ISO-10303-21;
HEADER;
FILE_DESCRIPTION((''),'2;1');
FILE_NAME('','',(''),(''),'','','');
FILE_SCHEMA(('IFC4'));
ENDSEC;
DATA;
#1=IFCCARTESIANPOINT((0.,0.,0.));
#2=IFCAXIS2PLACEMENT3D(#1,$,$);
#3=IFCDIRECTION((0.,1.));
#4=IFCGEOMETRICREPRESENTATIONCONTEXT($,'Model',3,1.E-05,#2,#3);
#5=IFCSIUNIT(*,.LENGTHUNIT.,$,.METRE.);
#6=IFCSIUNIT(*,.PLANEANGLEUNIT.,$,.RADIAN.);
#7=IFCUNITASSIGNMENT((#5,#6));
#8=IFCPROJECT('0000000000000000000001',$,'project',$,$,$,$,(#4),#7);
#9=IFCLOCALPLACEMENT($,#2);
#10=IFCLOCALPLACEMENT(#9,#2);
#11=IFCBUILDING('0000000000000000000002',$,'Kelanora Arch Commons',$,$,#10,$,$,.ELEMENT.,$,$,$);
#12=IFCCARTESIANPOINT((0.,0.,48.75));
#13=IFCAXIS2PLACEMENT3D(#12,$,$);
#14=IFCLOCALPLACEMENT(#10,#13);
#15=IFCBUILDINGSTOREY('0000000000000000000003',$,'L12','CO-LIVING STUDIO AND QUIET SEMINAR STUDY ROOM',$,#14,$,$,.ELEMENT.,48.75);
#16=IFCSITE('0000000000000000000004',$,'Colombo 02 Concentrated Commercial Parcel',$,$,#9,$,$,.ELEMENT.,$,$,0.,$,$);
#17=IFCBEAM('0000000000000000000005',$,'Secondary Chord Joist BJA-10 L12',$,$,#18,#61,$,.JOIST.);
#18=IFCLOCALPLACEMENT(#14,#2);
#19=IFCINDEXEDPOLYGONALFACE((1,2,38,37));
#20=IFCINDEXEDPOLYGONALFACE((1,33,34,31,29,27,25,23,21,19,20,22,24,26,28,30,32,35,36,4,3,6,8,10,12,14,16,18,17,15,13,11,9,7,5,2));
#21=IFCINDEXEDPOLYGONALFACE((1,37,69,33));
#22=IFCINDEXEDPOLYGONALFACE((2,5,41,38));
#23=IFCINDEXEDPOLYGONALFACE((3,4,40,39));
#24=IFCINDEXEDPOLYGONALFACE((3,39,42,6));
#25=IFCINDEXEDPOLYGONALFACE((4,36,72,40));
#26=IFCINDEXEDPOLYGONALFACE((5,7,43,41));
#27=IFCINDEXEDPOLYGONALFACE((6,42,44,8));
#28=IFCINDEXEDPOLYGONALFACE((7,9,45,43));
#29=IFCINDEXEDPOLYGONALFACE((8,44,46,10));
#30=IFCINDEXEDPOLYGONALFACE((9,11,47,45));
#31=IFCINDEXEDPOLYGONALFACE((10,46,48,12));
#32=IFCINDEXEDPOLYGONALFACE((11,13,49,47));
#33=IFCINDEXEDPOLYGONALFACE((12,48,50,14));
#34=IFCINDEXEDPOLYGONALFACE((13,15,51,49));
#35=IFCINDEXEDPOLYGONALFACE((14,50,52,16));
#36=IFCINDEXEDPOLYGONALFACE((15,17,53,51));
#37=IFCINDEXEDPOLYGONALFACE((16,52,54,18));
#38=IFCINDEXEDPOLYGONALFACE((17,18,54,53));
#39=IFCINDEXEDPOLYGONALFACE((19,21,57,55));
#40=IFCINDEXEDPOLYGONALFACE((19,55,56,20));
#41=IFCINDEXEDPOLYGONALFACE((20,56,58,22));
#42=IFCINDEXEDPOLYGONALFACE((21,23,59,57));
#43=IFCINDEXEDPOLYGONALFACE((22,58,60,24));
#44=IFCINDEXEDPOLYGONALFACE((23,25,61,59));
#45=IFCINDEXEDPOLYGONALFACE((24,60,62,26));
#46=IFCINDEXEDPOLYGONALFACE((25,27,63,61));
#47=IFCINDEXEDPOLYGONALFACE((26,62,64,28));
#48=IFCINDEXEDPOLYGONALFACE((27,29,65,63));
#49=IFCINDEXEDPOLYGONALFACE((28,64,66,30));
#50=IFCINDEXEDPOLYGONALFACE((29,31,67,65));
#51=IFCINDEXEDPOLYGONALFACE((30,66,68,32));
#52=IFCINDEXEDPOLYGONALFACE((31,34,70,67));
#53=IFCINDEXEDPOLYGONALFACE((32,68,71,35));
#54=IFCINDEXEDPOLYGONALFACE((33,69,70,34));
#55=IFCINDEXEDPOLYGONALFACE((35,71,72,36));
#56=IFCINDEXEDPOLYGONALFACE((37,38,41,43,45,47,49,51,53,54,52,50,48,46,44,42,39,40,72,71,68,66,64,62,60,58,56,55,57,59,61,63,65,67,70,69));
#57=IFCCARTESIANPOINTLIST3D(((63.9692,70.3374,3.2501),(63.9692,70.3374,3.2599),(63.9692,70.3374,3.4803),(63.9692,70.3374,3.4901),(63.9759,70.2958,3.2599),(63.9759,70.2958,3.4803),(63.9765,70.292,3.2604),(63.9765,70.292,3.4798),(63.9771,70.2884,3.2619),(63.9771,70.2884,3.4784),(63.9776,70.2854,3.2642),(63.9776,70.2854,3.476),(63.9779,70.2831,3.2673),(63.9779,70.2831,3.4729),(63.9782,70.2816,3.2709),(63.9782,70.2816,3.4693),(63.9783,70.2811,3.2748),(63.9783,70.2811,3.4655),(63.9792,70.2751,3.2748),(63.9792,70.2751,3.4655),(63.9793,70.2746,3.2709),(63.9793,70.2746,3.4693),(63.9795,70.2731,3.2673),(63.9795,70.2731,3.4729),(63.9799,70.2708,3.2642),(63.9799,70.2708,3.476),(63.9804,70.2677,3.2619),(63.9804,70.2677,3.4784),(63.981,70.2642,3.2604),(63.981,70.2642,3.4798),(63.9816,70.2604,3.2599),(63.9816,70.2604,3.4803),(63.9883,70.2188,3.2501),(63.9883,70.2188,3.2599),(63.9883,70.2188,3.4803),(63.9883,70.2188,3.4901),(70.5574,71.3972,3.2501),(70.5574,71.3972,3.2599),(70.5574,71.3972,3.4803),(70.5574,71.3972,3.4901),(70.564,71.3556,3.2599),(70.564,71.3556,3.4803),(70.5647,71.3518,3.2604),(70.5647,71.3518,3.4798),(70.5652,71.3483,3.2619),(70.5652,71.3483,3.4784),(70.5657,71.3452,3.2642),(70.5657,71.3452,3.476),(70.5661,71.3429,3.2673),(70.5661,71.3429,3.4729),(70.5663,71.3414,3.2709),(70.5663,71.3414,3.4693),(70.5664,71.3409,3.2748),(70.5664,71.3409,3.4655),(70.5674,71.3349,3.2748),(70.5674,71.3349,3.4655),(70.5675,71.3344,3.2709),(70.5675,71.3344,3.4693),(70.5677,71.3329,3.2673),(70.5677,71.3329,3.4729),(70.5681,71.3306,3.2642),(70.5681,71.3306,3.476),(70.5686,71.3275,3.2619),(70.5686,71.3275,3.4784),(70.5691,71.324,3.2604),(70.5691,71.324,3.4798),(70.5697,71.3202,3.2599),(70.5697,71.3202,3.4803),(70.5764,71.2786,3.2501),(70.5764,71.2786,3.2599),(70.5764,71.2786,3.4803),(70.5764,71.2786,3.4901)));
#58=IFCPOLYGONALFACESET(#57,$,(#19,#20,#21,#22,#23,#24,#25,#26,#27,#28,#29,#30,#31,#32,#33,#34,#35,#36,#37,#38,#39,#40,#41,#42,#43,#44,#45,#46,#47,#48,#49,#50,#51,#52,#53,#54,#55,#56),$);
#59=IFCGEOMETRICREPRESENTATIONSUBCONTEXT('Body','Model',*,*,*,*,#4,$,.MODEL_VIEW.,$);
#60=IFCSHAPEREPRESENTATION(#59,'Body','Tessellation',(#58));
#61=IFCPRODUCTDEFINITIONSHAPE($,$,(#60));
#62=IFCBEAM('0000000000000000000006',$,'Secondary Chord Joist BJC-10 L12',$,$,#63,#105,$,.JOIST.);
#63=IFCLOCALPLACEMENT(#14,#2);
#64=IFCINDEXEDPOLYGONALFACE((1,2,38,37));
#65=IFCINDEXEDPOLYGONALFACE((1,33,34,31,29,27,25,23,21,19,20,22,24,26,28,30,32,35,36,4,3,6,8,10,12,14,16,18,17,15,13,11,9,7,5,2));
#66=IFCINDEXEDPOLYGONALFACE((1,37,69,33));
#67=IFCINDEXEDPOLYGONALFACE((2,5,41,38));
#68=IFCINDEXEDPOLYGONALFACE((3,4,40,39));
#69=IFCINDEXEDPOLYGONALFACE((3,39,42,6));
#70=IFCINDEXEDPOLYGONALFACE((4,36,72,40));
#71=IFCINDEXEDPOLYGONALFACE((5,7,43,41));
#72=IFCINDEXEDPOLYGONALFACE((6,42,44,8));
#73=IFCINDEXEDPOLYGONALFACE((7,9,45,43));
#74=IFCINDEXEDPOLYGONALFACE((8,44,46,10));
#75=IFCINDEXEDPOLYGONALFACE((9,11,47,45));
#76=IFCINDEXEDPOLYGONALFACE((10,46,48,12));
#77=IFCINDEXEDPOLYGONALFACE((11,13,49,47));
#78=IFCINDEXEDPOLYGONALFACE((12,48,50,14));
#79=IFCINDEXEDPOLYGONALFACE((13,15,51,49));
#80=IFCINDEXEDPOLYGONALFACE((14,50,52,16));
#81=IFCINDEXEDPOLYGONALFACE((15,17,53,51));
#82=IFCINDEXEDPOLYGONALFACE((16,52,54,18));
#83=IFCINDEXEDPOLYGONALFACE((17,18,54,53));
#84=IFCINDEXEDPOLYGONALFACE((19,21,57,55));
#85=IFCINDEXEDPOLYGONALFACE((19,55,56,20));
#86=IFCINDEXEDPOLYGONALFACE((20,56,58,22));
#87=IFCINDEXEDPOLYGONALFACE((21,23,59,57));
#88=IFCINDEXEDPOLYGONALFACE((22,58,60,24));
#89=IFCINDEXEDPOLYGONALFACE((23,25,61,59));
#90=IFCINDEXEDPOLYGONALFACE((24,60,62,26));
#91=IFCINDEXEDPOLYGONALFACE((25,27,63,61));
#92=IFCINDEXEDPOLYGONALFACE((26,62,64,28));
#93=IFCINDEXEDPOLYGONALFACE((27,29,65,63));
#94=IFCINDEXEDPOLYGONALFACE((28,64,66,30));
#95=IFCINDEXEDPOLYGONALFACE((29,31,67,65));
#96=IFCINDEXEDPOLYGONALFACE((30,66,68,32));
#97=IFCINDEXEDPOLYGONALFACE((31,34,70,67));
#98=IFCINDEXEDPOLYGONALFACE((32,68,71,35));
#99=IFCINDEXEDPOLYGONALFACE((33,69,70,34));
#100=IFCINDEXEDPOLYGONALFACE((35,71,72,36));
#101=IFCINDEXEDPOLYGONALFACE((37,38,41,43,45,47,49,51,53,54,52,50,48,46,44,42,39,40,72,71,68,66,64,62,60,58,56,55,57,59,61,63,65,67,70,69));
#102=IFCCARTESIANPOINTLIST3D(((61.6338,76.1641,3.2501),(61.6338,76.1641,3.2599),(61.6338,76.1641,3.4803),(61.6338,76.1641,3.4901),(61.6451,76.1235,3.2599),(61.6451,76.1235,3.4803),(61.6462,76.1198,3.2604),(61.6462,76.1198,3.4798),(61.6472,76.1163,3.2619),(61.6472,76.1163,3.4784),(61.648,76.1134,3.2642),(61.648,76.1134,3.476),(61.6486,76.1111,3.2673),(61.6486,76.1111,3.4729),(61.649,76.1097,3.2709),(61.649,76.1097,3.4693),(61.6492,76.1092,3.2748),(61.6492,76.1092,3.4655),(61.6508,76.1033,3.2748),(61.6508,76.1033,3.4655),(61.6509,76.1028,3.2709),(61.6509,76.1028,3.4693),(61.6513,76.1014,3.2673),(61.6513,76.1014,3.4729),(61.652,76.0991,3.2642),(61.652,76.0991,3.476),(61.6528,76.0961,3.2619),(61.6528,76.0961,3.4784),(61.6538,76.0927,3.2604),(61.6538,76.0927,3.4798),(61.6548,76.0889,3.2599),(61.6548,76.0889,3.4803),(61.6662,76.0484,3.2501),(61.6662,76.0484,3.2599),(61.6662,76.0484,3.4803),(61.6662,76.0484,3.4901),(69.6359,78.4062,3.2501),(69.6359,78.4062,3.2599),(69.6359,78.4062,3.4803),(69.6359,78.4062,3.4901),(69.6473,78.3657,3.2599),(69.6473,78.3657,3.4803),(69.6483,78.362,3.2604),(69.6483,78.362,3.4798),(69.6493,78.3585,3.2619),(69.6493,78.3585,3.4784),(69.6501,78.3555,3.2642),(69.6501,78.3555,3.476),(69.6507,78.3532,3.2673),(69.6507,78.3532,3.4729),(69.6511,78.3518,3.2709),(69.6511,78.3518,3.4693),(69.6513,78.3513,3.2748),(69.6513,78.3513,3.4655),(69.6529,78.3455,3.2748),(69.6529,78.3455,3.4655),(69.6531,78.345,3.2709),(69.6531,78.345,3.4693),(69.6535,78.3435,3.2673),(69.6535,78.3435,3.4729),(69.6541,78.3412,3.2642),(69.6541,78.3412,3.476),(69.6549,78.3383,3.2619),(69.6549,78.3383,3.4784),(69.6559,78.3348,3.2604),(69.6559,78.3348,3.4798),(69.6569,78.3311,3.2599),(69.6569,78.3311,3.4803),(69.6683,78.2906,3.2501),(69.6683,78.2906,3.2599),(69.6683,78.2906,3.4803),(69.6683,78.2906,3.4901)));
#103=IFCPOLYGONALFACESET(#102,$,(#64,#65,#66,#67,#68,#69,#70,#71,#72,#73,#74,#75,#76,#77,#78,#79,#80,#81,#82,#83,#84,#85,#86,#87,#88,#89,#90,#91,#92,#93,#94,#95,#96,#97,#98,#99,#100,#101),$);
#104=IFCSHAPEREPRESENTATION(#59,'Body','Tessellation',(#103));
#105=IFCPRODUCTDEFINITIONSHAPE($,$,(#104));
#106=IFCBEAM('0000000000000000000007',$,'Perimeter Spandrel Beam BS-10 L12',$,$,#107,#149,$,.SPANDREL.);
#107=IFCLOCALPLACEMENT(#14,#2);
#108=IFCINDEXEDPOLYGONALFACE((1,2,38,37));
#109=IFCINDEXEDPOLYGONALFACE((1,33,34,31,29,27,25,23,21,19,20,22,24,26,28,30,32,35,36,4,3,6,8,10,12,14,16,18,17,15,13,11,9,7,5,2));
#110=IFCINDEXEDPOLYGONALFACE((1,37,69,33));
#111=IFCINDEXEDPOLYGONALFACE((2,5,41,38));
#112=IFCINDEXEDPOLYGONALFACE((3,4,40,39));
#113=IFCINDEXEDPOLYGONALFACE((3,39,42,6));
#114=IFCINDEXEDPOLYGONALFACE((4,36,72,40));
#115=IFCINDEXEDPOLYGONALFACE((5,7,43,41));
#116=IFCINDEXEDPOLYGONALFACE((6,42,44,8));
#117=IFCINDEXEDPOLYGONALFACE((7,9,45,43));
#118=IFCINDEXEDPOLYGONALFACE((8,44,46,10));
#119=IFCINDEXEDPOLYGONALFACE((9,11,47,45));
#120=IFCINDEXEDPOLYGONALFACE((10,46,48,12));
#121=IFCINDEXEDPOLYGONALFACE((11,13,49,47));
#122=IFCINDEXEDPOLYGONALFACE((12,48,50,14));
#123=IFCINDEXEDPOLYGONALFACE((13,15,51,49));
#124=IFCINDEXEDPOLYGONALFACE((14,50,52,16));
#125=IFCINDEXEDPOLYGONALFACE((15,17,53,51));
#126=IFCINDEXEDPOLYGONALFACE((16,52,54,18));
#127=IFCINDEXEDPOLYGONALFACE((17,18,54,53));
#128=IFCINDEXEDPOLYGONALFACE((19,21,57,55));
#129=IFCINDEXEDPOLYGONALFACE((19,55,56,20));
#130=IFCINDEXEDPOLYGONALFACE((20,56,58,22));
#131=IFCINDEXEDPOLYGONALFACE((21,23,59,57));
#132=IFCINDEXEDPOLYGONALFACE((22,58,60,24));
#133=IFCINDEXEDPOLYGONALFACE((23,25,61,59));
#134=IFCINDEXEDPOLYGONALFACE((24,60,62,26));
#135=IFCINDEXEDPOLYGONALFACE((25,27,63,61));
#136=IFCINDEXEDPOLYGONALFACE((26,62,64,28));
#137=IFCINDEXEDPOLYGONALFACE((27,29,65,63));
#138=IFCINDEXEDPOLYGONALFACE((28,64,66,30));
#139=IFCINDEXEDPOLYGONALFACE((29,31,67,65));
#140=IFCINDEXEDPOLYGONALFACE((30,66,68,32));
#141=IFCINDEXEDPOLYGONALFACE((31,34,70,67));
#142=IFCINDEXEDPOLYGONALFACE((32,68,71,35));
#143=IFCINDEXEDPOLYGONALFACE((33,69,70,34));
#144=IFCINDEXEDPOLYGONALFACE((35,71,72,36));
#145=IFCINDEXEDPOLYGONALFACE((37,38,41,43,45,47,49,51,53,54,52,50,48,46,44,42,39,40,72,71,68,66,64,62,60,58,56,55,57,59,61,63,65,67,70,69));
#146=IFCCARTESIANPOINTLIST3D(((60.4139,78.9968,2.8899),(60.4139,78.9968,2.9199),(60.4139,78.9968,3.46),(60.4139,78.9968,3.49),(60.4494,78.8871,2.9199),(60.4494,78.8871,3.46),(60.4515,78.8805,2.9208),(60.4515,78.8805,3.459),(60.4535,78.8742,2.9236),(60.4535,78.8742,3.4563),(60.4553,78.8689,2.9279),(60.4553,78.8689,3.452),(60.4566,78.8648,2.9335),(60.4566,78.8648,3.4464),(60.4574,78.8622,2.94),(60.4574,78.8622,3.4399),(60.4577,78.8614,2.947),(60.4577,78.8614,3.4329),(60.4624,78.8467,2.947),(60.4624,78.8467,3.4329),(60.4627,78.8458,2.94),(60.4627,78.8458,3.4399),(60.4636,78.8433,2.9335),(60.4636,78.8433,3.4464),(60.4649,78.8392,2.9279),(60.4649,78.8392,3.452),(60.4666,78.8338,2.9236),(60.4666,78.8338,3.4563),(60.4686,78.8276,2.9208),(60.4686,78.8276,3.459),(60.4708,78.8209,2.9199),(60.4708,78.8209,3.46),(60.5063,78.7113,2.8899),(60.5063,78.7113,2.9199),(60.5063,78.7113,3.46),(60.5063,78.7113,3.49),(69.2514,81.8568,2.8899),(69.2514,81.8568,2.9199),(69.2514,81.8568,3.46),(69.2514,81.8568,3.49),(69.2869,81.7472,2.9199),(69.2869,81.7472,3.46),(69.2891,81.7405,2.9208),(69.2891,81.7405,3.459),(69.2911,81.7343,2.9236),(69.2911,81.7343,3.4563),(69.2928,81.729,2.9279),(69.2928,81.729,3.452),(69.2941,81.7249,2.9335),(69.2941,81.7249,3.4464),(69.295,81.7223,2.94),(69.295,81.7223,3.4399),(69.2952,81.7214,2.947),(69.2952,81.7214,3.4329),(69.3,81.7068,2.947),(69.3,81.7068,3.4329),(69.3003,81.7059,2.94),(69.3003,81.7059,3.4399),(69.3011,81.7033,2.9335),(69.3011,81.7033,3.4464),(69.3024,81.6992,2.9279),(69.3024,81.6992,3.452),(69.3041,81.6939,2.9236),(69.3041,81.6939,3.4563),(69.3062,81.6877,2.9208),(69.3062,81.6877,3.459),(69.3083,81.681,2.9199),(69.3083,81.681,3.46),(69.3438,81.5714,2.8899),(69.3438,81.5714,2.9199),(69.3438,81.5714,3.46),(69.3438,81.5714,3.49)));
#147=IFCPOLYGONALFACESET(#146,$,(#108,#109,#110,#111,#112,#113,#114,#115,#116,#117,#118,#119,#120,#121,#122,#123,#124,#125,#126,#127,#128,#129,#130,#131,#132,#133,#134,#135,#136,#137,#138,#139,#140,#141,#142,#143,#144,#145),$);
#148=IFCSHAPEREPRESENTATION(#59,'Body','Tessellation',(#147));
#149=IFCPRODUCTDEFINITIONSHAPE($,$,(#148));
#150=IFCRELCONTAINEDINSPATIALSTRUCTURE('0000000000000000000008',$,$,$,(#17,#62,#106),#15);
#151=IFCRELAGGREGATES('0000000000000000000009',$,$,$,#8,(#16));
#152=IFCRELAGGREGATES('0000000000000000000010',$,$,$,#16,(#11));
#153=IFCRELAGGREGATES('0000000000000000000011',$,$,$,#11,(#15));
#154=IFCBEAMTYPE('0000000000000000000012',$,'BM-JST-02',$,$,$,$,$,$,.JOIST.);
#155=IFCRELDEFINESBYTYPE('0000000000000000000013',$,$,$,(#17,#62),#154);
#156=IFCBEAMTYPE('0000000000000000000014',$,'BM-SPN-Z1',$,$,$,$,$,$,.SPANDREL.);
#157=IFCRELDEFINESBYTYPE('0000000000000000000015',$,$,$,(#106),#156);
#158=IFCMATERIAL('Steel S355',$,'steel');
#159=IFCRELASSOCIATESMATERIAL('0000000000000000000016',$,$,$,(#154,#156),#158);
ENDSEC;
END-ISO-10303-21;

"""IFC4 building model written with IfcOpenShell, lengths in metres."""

from ifc_helpers import new_model, si_unit, direction, frame, origin, origin_2d, place, context, subcontext, project, spatial, i_section, extrude, material, material_profile, profile_set, type_object, element, save


model = new_model("IFC4")

# Units and contexts
model_context = context("Model", 3, precision=1e-05, world=origin(), true_north=direction((0.0, 1.0)))
body_context = subcontext(model_context, "Body", "Model", "MODEL_VIEW")
ifc_project = project(units=[si_unit("LENGTHUNIT", "METRE"), si_unit("PLANEANGLEUNIT", "RADIAN")], contexts=[model_context])

# Site, building, storey
site_placement = place(None, origin())
site = spatial("IfcSite", under=ifc_project, at=site_placement, Name="Colombo 02 Concentrated Commercial Parcel", CompositionType="ELEMENT", RefElevation=0.0)
building_placement = place(site_placement, origin())
building = spatial("IfcBuilding", under=site, at=building_placement, Name="Kelanora Arch Commons", CompositionType="ELEMENT")
storey_placement = place(building_placement, frame((0.0, 0.0, 48.75)))
storey = spatial("IfcBuildingStorey", under=building, at=storey_placement, Name="L12", Description="CO-LIVING STUDIO AND QUIET SEMINAR STUDY ROOM", CompositionType="ELEMENT", Elevation=48.75)

# Beams
ifc_material_1 = material(Name="Steel S355", Category="steel")
ifc_material_profile_1 = material_profile(ifc_material_1, i_section(OverallWidth=0.1201, OverallDepth=0.24, WebThickness=0.0061, FlangeThickness=0.0098, FilletRadius=0.0149, at=origin_2d()), Name="IPE240")
ifc_profile_set_1 = profile_set([ifc_material_profile_1], Name="Steel S355")
beam_type_1 = type_object("IfcBeamType", Name="BM-JST-02", PredefinedType="JOIST", material=ifc_profile_set_1)
beam_1_placement = place(storey_placement, frame((70.5669, 71.3379, 3.3701), z_axis=(-0.987307, -0.158825, 0.0), x_axis=(0.158825, -0.987307, 0.0)))
element("IfcBeam", 1, at=beam_1_placement, inside=storey, type_object=beam_type_1, Name="Secondary Chord Joist BJA-10 L12", PredefinedType="JOIST", context=body_context, shape_type="SweptSolid", body=[
    extrude(i_section(OverallWidth=0.1201, OverallDepth=0.24, WebThickness=0.0061, FlangeThickness=0.0098, FilletRadius=0.0149, at=origin_2d()), origin(), (0.0, 0.0, 1.0), 6.6729),
])
beam_2_placement = place(storey_placement, frame((69.6521, 78.3484, 3.3701), z_axis=(-0.962915, -0.269805, 0.0), x_axis=(0.269805, -0.962915, 0.0)))
element("IfcBeam", 2, at=beam_2_placement, inside=storey, type_object=beam_type_1, Name="Secondary Chord Joist BJC-10 L12", PredefinedType="JOIST", context=body_context, shape_type="SweptSolid", body=[
    extrude(i_section(OverallWidth=0.1201, OverallDepth=0.24, WebThickness=0.0061, FlangeThickness=0.0098, FilletRadius=0.0149, at=origin_2d()), origin(), (0.0, 0.0, 1.0), 8.3103),
])
ifc_material_profile_2 = material_profile(ifc_material_1, i_section(OverallWidth=0.3, OverallDepth=0.6001, WebThickness=0.0154, FlangeThickness=0.03, FilletRadius=0.0271, at=origin_2d()), Name="HEB600")
ifc_profile_set_2 = profile_set([ifc_material_profile_2], Name="Steel S355")
beam_type_2 = type_object("IfcBeamType", Name="BM-SPN-Z1", PredefinedType="SPANDREL", material=ifc_profile_set_2)
beam_3_placement = place(storey_placement, frame((69.2976, 81.7141, 3.1899), z_axis=(-0.951417, -0.307905, 0.0), x_axis=(0.307905, -0.951417, 0.0)))
element("IfcBeam", 3, at=beam_3_placement, inside=storey, type_object=beam_type_2, Name="Perimeter Spandrel Beam BS-10 L12", PredefinedType="SPANDREL", context=body_context, shape_type="SweptSolid", body=[
    extrude(i_section(OverallWidth=0.3, OverallDepth=0.6001, WebThickness=0.0154, FlangeThickness=0.03, FilletRadius=0.0271, at=origin_2d()), origin(), (0.0, 0.0, 1.0), 9.2888),
])

save(model, "model.ifc")
